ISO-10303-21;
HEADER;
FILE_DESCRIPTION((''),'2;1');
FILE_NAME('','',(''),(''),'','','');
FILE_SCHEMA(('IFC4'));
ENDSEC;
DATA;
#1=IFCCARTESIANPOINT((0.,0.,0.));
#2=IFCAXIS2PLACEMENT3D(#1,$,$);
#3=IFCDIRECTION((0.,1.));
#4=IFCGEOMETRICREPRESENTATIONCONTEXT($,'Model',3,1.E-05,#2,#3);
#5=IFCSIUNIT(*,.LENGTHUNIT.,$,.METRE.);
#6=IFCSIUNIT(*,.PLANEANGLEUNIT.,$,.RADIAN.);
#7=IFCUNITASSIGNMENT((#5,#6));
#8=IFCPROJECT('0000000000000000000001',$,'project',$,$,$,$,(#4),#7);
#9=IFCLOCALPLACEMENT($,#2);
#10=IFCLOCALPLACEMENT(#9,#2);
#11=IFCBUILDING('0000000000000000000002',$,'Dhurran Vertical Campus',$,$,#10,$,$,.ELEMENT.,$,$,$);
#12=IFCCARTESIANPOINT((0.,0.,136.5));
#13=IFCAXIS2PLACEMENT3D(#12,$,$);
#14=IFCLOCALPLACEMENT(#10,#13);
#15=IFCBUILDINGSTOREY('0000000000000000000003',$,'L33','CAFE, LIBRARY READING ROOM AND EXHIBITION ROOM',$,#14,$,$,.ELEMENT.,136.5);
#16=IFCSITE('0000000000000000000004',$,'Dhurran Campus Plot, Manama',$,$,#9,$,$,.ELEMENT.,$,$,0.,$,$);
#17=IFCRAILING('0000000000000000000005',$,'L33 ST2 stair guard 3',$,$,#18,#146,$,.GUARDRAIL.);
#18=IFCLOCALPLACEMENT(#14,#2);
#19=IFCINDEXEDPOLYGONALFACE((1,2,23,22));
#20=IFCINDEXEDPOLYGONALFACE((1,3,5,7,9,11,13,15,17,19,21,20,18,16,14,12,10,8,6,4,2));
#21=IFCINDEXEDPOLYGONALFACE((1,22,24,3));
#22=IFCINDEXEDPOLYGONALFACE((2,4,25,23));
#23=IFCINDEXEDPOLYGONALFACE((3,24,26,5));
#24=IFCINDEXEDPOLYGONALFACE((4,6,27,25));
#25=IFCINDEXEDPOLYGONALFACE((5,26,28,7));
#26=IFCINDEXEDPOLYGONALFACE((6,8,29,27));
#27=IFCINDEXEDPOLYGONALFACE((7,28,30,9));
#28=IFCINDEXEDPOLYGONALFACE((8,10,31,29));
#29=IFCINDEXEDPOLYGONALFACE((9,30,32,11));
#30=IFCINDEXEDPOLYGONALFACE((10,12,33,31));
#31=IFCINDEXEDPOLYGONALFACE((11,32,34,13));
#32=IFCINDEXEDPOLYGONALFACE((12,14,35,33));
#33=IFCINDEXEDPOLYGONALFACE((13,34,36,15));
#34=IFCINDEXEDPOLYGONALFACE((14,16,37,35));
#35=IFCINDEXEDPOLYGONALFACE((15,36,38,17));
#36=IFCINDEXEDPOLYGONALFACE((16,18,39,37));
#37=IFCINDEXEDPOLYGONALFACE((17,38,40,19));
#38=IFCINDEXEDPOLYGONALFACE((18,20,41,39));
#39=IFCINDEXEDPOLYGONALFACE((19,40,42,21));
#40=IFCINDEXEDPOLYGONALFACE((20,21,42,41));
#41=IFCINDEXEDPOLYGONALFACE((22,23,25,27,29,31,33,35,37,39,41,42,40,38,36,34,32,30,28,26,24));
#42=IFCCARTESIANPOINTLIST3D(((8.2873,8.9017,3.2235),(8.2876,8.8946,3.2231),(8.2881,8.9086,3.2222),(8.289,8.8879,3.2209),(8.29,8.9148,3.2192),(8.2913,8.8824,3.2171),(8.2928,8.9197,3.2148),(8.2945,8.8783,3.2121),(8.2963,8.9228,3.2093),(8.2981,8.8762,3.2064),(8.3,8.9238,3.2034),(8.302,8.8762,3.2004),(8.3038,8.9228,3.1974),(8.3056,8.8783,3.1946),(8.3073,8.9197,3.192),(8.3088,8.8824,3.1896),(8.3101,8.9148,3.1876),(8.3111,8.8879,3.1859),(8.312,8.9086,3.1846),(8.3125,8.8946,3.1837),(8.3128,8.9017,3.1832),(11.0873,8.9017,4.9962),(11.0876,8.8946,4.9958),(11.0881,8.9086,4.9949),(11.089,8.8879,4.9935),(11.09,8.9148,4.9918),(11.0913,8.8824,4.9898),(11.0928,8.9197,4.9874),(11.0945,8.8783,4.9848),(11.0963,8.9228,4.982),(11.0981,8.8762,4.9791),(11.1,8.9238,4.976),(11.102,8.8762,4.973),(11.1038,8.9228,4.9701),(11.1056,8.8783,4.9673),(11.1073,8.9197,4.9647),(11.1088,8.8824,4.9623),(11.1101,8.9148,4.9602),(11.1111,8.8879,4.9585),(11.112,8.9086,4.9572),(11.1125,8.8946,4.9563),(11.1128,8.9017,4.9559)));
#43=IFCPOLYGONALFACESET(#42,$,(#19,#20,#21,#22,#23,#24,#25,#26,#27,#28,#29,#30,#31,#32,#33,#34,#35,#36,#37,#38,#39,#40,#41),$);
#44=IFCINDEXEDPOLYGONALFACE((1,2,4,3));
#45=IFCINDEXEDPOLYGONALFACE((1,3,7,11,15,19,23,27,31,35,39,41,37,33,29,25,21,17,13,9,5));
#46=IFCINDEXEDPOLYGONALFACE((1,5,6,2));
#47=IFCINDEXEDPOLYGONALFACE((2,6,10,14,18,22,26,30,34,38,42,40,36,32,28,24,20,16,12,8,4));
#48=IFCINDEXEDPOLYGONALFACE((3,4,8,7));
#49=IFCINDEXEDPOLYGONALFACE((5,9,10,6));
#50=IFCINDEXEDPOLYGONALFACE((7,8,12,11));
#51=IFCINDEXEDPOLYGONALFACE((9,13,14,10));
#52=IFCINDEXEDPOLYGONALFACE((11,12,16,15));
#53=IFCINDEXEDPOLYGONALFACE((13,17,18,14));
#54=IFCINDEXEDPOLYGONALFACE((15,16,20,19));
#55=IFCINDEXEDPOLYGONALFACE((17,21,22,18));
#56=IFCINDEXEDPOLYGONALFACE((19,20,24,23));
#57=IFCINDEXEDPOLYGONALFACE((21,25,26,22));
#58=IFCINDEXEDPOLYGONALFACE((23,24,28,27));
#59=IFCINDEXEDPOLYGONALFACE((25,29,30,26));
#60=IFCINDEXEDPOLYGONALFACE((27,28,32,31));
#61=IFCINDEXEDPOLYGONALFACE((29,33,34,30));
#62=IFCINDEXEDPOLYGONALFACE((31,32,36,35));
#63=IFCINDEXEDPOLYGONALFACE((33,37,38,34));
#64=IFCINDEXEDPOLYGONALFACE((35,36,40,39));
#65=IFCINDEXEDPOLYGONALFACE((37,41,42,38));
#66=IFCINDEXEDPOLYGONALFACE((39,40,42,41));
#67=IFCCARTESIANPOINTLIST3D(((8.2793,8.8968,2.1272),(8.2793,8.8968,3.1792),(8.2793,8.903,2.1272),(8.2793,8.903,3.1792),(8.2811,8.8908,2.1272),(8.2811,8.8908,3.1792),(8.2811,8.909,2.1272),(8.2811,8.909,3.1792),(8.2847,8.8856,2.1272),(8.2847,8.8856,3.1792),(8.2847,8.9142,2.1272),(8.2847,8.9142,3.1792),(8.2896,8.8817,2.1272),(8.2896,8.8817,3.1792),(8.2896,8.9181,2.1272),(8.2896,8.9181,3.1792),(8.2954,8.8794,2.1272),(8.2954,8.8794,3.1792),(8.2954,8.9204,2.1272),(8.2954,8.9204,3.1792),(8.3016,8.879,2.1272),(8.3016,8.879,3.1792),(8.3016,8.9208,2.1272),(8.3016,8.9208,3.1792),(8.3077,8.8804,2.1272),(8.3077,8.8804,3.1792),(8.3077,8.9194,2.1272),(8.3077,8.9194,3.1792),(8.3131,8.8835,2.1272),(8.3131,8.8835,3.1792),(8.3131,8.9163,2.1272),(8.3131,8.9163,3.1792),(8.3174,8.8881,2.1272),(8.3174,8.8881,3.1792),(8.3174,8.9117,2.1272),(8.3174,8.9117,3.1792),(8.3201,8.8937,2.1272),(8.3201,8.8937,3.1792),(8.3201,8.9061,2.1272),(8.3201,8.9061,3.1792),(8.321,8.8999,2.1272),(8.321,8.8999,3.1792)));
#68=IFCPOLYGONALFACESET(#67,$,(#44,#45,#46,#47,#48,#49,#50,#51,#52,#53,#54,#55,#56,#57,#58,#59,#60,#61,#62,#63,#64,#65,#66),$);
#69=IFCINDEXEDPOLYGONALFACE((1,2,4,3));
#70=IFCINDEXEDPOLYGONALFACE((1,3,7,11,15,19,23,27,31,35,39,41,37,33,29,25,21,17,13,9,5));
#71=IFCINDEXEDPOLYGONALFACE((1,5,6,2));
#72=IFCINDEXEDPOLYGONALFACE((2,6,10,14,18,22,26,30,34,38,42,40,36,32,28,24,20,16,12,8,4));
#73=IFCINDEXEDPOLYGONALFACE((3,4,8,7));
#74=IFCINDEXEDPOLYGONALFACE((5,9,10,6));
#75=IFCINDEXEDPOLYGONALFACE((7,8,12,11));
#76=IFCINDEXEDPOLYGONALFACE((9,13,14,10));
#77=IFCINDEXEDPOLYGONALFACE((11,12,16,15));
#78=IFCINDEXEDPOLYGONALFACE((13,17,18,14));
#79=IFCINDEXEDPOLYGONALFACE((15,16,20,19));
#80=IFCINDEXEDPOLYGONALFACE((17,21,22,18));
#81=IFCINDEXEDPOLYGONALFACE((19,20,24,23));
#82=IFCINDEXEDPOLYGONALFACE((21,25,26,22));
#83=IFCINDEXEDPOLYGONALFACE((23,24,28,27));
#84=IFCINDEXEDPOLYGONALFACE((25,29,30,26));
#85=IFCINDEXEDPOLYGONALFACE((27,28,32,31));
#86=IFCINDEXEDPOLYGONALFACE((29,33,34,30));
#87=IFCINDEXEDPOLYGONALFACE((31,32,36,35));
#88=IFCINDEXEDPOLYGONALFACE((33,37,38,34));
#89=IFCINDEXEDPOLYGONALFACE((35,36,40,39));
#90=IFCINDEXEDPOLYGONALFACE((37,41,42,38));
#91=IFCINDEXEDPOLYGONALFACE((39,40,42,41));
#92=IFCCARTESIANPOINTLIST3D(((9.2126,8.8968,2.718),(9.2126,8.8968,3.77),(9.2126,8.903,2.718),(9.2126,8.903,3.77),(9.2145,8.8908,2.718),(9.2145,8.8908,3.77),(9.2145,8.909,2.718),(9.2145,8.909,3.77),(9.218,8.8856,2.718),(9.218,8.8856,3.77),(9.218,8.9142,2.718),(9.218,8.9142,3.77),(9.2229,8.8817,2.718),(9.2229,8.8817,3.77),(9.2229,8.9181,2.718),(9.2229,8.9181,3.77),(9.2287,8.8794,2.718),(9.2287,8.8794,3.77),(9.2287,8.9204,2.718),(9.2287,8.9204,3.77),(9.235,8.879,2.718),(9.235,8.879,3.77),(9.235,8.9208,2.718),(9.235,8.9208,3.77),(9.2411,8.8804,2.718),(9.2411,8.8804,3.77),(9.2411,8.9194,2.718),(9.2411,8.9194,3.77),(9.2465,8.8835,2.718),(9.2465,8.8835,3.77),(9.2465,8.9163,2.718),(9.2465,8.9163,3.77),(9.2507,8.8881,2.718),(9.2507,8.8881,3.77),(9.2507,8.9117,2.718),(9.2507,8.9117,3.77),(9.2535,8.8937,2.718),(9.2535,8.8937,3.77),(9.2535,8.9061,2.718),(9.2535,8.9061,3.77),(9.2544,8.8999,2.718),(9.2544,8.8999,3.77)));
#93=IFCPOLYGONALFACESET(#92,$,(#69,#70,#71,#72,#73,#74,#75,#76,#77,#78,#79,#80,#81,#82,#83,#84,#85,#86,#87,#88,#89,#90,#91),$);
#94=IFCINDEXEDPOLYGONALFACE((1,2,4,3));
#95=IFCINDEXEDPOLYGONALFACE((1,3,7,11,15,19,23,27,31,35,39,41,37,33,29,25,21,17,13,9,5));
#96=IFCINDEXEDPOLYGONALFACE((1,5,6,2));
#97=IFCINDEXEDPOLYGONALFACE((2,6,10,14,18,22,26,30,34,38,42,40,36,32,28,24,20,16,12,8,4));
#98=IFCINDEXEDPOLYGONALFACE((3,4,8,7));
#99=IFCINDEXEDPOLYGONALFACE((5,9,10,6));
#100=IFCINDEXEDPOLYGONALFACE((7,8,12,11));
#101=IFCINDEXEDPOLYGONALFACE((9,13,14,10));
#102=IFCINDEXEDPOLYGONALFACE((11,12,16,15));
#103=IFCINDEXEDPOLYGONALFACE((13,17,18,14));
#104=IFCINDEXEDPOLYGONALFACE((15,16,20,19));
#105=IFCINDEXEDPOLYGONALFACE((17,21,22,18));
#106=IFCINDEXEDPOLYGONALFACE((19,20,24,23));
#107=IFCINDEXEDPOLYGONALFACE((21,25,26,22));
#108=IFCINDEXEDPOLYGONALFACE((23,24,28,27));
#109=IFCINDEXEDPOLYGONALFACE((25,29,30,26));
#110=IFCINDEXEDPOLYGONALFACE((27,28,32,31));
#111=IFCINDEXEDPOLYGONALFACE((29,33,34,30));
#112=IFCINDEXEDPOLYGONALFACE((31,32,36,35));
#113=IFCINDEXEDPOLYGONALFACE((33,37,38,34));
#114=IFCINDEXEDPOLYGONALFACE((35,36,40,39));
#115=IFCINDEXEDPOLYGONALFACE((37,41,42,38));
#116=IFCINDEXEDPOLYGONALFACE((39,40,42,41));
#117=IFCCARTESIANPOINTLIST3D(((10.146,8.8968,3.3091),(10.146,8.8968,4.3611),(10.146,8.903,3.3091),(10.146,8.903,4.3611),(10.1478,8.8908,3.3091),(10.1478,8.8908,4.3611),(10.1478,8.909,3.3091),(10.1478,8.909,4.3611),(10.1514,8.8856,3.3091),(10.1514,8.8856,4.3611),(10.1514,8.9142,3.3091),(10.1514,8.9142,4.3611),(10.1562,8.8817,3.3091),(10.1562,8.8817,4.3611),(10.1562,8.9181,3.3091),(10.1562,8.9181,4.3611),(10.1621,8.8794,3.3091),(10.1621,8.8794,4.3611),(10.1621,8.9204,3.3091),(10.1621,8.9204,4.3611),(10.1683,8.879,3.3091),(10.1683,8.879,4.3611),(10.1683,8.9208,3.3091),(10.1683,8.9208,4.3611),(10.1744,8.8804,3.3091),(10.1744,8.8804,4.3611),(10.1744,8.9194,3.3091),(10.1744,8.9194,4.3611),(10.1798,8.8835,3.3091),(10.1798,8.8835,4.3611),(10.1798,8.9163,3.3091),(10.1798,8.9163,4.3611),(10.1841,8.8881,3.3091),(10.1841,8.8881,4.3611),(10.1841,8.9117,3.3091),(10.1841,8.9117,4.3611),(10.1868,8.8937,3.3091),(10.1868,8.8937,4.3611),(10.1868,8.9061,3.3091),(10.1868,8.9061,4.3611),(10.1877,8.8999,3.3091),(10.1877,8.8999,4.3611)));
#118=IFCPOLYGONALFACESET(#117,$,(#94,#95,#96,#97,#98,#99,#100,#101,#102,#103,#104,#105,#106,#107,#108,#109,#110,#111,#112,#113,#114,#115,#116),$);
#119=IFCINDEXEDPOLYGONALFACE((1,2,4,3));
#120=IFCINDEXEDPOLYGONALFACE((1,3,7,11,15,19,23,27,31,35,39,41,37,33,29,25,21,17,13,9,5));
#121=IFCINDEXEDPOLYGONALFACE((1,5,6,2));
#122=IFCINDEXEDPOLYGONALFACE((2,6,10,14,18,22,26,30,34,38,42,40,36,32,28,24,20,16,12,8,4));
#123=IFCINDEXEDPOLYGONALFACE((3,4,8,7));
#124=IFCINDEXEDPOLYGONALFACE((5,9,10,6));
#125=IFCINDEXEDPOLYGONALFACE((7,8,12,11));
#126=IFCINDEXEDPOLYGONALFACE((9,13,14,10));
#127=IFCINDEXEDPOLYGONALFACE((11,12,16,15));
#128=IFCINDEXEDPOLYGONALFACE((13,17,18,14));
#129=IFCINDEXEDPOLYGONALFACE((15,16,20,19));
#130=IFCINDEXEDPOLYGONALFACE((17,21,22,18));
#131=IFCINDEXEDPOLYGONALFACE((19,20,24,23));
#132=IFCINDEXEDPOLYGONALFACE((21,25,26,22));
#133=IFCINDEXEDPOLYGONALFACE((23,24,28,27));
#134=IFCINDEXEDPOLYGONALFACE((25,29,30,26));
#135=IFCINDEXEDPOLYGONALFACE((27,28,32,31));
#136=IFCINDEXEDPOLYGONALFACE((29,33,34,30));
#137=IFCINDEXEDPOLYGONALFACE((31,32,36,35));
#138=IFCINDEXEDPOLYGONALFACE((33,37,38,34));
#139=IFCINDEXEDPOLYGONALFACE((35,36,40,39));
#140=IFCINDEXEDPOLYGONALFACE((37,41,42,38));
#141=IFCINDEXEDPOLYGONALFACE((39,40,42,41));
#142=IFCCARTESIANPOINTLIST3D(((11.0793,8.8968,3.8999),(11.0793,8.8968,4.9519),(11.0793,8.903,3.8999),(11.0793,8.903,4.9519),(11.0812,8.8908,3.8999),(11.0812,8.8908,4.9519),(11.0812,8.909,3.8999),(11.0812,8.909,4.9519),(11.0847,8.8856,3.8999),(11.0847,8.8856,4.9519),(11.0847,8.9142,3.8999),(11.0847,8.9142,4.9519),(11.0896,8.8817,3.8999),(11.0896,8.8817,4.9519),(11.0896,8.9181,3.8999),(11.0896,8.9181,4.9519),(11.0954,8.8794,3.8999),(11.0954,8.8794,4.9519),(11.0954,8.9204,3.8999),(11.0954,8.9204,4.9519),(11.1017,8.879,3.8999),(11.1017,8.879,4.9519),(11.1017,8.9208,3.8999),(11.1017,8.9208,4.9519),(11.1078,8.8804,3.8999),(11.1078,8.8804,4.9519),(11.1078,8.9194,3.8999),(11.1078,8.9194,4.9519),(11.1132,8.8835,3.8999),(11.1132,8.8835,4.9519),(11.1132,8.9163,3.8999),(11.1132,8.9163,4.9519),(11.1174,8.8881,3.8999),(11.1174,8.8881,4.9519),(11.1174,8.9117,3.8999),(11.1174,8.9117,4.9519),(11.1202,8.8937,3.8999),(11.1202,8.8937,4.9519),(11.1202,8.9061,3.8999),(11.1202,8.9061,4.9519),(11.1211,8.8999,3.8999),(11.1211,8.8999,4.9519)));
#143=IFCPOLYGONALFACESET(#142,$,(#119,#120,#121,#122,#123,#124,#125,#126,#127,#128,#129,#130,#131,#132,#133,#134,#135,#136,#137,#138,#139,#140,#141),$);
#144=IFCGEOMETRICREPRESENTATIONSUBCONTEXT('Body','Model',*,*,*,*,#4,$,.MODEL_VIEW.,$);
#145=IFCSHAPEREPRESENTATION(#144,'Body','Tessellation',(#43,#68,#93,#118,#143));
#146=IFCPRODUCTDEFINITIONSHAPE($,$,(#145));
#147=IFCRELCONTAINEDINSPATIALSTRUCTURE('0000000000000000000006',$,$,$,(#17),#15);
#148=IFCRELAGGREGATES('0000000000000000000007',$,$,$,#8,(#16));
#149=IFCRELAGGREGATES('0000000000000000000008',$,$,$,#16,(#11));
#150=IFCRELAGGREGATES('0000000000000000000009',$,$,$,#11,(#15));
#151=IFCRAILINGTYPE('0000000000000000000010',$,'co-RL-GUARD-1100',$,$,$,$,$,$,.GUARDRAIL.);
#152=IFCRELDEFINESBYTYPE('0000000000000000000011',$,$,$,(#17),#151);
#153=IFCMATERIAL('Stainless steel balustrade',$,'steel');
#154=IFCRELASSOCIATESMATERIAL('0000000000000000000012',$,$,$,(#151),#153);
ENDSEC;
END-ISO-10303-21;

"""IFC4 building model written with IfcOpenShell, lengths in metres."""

from ifc_helpers import new_model, si_unit, direction, frame, origin, origin_2d, place, context, subcontext, project, spatial, circle, extrude, material, type_object, element, save


model = new_model("IFC4")

# Units and contexts
model_context = context("Model", 3, precision=1e-05, world=origin(), true_north=direction((0.0, 1.0)))
body_context = subcontext(model_context, "Body", "Model", "MODEL_VIEW")
ifc_project = project(units=[si_unit("LENGTHUNIT", "METRE"), si_unit("PLANEANGLEUNIT", "RADIAN")], contexts=[model_context])

# Site, building, storey
site_placement = place(None, origin())
site = spatial("IfcSite", under=ifc_project, at=site_placement, Name="Dhurran Campus Plot, Manama", CompositionType="ELEMENT", RefElevation=0.0)
building_placement = place(site_placement, origin())
building = spatial("IfcBuilding", under=site, at=building_placement, Name="Dhurran Vertical Campus", CompositionType="ELEMENT")
storey_placement = place(building_placement, frame((0.0, 0.0, 136.5)))
storey = spatial("IfcBuildingStorey", under=building, at=storey_placement, Name="L33", Description="CAFE, LIBRARY READING ROOM AND EXHIBITION ROOM", CompositionType="ELEMENT", Elevation=136.5)

# Railing
ifc_material_1 = material(Name="Stainless steel balustrade", Category="steel")
railing_type_1 = type_object("IfcRailingType", Name="co-RL-GUARD-1100", PredefinedType="GUARDRAIL", material=ifc_material_1)
railing_1_placement = place(storey_placement, frame((8.3, 8.8999, 2.1272)))
element("IfcRailing", 1, at=railing_1_placement, inside=storey, type_object=railing_type_1, Name="L33 ST2 stair guard 3", PredefinedType="GUARDRAIL", context=body_context, shape_type="SweptSolid", body=[
    extrude(circle(Radius=0.0239, at=origin_2d()), frame((0.0, 0.0, 1.0762), z_axis=(0.844909, 0.0, 0.53491), x_axis=(0.0, 1.0, 0.0)), (0.0, 0.0, 1.0), 3.314),
    extrude(circle(Radius=0.021, at=origin_2d()), origin(), (0.0, 0.0, 1.0), 1.052),
    extrude(circle(Radius=0.021, at=origin_2d()), frame((0.9333, 0.0, 0.5908)), (0.0, 0.0, 1.0), 1.052),
    extrude(circle(Radius=0.021, at=origin_2d()), frame((1.8667, 0.0, 1.1819)), (0.0, 0.0, 1.0), 1.052),
    extrude(circle(Radius=0.021, at=origin_2d()), frame((2.8, 0.0, 1.7727)), (0.0, 0.0, 1.0), 1.052),
])

save(model, "model.ifc")
